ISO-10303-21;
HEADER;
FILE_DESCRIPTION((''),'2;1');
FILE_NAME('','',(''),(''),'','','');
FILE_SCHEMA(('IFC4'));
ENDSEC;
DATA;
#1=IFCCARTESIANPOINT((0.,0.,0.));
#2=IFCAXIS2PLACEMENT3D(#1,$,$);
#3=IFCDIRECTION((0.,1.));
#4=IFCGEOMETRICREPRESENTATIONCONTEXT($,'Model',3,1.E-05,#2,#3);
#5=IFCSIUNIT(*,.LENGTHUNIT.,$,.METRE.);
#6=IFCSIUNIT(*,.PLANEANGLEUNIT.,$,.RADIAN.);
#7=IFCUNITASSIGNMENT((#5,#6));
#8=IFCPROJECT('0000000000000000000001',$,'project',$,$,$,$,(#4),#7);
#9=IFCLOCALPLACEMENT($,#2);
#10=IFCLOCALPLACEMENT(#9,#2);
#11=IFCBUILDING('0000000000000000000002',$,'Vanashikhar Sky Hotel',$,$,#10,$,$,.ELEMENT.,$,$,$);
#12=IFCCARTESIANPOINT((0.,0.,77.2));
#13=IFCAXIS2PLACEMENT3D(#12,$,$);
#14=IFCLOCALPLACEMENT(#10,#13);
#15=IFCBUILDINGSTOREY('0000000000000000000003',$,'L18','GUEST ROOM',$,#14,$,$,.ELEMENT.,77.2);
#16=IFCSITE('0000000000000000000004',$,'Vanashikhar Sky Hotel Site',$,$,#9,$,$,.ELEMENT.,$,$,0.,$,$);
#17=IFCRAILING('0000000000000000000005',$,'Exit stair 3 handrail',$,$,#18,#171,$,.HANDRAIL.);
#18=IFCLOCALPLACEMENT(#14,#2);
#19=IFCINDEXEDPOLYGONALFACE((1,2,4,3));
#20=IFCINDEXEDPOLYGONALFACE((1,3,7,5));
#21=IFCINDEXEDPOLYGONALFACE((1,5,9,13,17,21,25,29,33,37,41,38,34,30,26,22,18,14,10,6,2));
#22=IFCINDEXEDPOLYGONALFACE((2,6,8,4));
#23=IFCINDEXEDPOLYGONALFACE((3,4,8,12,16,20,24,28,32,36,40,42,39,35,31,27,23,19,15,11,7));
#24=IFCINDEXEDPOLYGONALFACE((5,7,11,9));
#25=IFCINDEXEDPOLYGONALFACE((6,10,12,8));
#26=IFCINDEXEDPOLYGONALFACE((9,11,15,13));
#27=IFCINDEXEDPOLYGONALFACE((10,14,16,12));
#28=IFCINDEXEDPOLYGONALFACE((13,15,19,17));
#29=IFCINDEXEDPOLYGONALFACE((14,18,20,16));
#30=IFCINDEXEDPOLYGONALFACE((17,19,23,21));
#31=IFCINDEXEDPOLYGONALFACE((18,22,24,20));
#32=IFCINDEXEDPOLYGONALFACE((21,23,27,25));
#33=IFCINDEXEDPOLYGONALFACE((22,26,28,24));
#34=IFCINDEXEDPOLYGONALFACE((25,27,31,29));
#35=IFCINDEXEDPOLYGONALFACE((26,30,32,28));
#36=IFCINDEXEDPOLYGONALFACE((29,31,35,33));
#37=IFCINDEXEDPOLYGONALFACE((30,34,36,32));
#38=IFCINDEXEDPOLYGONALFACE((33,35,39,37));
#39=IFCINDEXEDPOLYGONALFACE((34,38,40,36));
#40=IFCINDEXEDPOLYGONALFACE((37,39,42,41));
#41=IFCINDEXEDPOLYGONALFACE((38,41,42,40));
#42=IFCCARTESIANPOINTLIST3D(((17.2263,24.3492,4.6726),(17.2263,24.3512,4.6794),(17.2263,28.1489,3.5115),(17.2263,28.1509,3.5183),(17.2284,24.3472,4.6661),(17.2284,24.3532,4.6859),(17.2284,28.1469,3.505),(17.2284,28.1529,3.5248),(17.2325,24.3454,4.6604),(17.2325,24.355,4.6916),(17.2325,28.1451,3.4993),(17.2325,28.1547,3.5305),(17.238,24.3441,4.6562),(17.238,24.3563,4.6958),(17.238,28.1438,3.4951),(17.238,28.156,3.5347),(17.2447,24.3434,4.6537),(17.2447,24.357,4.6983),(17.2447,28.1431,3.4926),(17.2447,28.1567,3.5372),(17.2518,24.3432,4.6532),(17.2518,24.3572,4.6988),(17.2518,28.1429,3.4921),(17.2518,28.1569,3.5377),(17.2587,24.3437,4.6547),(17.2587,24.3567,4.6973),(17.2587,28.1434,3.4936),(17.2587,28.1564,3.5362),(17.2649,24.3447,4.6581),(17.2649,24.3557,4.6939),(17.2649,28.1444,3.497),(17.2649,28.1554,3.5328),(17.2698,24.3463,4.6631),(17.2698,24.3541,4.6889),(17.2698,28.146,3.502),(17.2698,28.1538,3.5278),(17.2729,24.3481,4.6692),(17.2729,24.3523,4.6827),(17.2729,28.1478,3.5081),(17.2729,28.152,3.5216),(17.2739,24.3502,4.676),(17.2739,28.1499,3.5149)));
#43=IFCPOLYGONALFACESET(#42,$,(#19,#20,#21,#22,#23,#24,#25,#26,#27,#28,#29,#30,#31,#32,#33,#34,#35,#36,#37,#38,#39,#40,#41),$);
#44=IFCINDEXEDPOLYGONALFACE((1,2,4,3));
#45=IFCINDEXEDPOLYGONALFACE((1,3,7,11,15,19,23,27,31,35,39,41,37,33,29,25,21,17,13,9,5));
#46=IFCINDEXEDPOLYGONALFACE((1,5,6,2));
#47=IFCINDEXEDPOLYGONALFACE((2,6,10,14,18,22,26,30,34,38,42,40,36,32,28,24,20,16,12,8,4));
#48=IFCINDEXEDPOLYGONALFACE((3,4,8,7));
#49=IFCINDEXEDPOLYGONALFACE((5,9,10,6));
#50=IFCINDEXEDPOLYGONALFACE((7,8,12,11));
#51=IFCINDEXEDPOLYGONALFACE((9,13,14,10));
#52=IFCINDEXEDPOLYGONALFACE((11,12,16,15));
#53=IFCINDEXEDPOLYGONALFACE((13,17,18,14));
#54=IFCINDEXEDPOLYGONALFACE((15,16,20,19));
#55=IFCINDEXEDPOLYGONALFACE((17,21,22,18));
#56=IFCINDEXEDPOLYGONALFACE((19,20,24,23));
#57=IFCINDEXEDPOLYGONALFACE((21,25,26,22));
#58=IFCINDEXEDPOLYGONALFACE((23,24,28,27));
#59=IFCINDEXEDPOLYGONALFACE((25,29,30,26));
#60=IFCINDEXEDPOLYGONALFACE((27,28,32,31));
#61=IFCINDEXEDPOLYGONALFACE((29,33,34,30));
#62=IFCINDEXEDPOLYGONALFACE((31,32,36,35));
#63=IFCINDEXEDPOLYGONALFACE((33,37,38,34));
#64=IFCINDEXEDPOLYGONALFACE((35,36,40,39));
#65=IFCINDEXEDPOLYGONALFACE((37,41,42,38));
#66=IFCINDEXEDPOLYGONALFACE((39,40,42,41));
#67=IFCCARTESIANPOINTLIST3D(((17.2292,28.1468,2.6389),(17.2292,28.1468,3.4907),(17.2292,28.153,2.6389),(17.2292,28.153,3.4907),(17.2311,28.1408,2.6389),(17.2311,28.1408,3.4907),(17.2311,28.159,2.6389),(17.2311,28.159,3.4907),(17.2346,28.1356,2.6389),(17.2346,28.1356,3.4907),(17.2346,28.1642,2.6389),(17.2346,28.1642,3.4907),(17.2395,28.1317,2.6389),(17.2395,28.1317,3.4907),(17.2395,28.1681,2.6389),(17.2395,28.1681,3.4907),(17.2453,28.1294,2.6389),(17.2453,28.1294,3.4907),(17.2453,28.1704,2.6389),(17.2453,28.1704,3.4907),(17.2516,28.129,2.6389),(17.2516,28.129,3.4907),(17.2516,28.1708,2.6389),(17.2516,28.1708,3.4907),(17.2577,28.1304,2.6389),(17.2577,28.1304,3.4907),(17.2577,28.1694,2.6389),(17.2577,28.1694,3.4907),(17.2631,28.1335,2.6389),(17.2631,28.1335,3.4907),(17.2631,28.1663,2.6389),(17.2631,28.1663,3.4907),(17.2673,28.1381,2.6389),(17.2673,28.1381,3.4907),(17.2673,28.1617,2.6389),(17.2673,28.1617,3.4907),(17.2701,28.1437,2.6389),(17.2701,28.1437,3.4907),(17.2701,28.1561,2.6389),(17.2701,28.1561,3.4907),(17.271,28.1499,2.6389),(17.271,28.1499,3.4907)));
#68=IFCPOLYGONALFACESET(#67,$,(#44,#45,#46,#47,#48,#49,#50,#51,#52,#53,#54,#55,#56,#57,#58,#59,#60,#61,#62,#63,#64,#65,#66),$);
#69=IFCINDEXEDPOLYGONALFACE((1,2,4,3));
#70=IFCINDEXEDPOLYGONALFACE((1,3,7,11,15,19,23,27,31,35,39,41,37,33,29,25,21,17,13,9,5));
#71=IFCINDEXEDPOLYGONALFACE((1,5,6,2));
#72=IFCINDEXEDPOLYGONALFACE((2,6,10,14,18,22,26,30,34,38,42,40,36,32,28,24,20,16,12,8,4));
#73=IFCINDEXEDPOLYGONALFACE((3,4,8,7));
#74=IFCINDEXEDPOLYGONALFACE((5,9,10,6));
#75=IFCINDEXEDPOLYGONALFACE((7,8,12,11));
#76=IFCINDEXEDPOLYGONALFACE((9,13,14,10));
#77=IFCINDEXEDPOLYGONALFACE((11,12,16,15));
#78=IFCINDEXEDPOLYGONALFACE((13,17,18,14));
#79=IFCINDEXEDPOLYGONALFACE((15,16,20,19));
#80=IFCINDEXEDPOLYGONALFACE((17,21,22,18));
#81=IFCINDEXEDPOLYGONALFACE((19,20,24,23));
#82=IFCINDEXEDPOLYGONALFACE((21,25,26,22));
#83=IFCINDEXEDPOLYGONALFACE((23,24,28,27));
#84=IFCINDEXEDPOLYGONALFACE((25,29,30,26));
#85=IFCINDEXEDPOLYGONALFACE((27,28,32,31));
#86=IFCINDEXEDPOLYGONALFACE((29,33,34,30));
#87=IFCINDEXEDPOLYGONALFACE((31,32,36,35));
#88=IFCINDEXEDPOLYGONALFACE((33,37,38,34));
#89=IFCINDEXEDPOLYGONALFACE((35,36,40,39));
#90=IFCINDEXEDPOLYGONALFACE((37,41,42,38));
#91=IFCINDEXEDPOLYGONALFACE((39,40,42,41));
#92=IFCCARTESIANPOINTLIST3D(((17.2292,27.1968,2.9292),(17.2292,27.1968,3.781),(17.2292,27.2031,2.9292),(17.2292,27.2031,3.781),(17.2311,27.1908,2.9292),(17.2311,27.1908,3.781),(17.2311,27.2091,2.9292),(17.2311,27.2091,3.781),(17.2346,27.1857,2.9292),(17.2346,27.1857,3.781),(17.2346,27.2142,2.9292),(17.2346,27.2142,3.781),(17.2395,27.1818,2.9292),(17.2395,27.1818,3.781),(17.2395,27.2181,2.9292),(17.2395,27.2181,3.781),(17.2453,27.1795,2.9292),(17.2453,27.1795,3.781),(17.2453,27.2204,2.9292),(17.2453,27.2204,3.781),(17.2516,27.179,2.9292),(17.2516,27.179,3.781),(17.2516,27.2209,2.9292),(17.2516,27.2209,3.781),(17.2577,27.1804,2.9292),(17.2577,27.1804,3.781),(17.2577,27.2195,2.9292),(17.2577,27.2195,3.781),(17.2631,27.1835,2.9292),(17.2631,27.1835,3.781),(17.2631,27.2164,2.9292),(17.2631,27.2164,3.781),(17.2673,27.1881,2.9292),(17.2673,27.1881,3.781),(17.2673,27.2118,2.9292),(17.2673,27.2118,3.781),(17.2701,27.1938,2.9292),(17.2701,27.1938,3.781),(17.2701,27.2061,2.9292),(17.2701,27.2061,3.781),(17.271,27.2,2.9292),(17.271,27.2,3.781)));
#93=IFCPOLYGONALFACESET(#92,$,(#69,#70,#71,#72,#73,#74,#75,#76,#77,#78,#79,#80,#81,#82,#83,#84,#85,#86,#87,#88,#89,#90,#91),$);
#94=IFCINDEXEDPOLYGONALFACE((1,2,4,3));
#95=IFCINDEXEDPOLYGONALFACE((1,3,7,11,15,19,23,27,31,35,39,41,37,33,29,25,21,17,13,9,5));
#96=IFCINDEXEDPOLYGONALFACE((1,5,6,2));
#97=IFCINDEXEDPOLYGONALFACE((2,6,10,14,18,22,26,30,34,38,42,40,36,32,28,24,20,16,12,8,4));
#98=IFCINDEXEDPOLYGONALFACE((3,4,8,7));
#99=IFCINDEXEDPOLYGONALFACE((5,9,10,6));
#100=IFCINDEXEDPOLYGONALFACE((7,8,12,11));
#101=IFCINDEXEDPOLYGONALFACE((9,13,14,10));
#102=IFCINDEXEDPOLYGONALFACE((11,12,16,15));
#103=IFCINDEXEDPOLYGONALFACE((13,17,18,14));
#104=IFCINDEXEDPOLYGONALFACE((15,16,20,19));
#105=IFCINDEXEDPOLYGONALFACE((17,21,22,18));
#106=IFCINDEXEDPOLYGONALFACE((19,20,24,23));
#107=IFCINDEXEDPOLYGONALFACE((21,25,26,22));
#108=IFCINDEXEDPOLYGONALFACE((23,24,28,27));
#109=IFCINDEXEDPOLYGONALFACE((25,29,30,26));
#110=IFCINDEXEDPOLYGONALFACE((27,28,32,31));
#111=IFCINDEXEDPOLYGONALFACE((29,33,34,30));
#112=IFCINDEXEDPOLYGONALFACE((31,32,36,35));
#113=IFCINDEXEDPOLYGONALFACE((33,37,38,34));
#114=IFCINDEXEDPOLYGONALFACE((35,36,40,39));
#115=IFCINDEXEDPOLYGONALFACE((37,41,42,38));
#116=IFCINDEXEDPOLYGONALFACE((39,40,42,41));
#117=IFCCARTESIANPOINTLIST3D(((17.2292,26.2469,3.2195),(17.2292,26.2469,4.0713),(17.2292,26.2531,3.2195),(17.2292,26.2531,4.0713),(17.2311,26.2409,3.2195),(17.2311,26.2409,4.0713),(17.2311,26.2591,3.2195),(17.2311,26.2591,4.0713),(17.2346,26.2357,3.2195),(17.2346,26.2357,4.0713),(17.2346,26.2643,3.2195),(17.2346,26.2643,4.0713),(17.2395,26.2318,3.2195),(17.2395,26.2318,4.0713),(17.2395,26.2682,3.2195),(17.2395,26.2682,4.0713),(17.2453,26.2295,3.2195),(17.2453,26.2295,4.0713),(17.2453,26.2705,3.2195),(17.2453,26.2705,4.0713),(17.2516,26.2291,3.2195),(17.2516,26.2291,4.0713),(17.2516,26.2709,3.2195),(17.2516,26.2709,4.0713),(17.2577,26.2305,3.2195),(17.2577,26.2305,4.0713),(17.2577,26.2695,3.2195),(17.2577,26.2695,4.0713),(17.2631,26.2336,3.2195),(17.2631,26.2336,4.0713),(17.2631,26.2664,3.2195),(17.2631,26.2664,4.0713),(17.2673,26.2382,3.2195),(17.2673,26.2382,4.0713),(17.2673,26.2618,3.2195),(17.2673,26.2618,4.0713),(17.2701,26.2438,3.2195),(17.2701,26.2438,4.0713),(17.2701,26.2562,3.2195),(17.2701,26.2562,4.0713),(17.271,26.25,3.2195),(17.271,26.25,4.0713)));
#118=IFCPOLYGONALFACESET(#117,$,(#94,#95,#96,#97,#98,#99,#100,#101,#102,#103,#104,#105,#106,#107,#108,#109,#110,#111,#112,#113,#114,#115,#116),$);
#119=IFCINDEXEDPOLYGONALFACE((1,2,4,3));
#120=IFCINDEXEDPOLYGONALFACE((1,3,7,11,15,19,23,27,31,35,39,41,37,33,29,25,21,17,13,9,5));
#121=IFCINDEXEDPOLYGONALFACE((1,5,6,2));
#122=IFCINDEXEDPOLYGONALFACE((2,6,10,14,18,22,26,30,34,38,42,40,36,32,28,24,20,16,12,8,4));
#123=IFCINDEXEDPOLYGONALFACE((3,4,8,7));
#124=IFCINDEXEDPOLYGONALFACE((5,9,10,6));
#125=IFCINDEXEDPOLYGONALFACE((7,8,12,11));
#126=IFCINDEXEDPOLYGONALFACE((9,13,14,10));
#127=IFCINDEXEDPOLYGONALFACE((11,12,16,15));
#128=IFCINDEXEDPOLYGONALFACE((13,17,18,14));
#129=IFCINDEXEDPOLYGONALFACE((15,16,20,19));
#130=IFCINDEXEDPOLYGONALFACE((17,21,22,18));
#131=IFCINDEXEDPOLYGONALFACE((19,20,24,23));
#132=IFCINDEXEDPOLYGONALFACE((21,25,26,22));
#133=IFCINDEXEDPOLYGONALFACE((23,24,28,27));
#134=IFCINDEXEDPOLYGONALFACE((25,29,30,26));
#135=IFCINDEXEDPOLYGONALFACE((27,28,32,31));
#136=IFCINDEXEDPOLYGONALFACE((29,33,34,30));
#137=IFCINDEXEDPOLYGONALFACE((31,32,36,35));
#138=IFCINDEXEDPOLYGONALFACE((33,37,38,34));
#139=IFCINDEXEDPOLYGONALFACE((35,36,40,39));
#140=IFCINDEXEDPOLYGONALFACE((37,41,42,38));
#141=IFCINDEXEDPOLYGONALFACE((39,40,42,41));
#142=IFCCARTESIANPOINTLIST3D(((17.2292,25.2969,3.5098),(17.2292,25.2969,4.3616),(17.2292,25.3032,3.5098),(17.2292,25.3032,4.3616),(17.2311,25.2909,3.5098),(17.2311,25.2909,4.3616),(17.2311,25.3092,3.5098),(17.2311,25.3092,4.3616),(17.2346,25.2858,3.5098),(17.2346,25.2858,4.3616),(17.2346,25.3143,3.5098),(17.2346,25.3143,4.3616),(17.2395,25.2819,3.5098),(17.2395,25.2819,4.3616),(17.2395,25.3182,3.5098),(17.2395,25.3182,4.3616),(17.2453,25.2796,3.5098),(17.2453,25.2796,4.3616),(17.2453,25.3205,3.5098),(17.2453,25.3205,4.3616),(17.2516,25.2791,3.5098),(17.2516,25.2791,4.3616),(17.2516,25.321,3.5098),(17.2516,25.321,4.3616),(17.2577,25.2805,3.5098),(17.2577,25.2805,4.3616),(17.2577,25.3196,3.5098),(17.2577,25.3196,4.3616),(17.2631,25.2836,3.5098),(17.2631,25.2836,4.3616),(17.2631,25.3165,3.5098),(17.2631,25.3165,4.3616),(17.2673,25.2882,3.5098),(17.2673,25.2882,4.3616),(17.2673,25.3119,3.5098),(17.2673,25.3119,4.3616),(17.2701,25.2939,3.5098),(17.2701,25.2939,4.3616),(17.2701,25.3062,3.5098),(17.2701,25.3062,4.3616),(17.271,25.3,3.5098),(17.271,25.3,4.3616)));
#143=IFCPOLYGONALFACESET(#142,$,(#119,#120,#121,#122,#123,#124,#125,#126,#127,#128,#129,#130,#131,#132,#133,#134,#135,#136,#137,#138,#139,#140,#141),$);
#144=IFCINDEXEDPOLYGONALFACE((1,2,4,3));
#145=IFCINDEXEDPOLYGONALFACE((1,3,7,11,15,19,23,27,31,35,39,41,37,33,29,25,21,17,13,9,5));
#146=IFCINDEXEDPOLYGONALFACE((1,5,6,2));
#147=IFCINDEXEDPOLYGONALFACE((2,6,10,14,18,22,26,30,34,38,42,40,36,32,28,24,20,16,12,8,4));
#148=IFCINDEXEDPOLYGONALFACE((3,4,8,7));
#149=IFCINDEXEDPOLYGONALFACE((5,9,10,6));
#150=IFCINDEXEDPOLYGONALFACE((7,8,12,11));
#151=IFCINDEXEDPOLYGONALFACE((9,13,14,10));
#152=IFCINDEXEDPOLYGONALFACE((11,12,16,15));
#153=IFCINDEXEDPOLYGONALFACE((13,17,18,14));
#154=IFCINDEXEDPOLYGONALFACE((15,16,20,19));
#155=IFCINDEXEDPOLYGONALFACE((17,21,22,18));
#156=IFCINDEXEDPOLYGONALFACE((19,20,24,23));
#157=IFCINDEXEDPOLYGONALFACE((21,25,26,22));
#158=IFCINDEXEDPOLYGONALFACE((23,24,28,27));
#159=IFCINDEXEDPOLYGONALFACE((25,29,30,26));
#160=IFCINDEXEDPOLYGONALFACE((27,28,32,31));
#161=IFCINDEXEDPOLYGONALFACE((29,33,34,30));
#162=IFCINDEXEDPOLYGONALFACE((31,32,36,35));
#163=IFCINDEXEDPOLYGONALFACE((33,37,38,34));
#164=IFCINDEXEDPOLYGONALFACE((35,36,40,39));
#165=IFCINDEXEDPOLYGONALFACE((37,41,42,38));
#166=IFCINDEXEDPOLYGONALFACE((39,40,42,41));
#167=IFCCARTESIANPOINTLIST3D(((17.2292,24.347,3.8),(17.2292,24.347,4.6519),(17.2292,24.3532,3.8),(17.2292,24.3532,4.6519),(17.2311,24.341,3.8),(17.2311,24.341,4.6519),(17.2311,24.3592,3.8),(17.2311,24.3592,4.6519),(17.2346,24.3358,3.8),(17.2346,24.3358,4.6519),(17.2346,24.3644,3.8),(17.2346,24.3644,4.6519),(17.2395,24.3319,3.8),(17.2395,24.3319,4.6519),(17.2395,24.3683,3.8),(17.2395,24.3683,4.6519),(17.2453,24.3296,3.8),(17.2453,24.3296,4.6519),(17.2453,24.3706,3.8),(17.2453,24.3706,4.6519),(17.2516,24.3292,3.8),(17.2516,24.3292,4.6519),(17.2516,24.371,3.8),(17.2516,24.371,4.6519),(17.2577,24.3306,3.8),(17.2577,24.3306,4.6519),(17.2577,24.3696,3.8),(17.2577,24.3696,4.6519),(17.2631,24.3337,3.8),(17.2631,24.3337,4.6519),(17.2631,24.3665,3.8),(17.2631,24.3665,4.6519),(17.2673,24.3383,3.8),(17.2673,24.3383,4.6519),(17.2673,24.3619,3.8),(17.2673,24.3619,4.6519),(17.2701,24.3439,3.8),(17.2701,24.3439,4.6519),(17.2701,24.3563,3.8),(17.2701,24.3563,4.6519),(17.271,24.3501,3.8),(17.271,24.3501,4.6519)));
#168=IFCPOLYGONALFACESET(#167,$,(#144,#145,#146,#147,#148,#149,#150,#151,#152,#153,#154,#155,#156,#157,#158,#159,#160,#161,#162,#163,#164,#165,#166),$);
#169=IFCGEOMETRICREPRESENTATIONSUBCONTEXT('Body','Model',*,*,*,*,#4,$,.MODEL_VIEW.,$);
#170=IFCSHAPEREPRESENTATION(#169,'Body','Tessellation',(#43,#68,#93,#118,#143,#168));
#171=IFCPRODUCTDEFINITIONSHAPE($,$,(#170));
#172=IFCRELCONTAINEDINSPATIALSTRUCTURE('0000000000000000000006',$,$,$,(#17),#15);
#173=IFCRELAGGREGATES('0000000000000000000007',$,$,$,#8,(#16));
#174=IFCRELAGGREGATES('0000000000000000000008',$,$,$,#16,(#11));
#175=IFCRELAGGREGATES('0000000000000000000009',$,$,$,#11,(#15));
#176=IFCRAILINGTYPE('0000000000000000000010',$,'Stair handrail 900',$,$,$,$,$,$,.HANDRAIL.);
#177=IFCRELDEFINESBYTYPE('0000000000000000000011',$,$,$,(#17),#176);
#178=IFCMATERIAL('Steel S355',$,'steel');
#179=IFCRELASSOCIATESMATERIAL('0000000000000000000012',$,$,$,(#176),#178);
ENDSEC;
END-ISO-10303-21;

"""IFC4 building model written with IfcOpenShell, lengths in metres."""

from ifc_helpers import new_model, si_unit, direction, frame, origin, origin_2d, place, context, subcontext, project, spatial, circle, extrude, source, transform, mapped, material, type_object, element, save


model = new_model("IFC4")

# Units and contexts
model_context = context("Model", 3, precision=1e-05, world=origin(), true_north=direction((0.0, 1.0)))
body_context = subcontext(model_context, "Body", "Model", "MODEL_VIEW")
ifc_project = project(units=[si_unit("LENGTHUNIT", "METRE"), si_unit("PLANEANGLEUNIT", "RADIAN")], contexts=[model_context])

# Site, building, storey
site_placement = place(None, origin())
site = spatial("IfcSite", under=ifc_project, at=site_placement, Name="Vanashikhar Sky Hotel Site", CompositionType="ELEMENT", RefElevation=0.0)
building_placement = place(site_placement, origin())
building = spatial("IfcBuilding", under=site, at=building_placement, Name="Vanashikhar Sky Hotel", CompositionType="ELEMENT")
storey_placement = place(building_placement, frame((0.0, 0.0, 77.2)))
storey = spatial("IfcBuildingStorey", under=building, at=storey_placement, Name="L18", Description="GUEST ROOM", CompositionType="ELEMENT", Elevation=77.2)

# Railing
ifc_material_1 = material(Name="Steel S355", Category="steel")
railing_type = type_object("IfcRailingType", Name="Stair handrail 900", PredefinedType="HANDRAIL", material=ifc_material_1)
shared_shape_1 = source(origin(), body_context, "Body", "SweptSolid", [
    extrude(circle(Radius=0.0239, at=origin_2d()), frame((0.0, 0.0, 0.876), z_axis=(0.0, -0.956346, 0.292237), x_axis=(1.0, 0.0, 0.0)), (0.0, 0.0, 1.0), 3.9731),
    extrude(circle(Radius=0.021, at=origin_2d()), origin(), (0.0, 0.0, 1.0), 0.8518),
    extrude(circle(Radius=0.021, at=origin_2d()), frame((0.0, -0.95, 0.2903)), (0.0, 0.0, 1.0), 0.8518),
    extrude(circle(Radius=0.021, at=origin_2d()), frame((0.0, -1.8999, 0.5806)), (0.0, 0.0, 1.0), 0.8518),
    extrude(circle(Radius=0.021, at=origin_2d()), frame((0.0, -2.8499, 0.8708)), (0.0, 0.0, 1.0), 0.8518),
    extrude(circle(Radius=0.021, at=origin_2d()), frame((0.0, -3.7998, 1.1611)), (0.0, 0.0, 1.0), 0.8518),
])
railing_1_placement = place(storey_placement, frame((17.25, 28.1499, 2.6389)))
element("IfcRailing", 1, at=railing_1_placement, inside=storey, type_object=railing_type, Name="Exit stair 3 handrail", PredefinedType="HANDRAIL", context=body_context, shape_type="MappedRepresentation", body=[
    mapped(shared_shape_1, transform((0.0, 0.0, 0.0), scale=1.0)),
])

save(model, "model.ifc")
